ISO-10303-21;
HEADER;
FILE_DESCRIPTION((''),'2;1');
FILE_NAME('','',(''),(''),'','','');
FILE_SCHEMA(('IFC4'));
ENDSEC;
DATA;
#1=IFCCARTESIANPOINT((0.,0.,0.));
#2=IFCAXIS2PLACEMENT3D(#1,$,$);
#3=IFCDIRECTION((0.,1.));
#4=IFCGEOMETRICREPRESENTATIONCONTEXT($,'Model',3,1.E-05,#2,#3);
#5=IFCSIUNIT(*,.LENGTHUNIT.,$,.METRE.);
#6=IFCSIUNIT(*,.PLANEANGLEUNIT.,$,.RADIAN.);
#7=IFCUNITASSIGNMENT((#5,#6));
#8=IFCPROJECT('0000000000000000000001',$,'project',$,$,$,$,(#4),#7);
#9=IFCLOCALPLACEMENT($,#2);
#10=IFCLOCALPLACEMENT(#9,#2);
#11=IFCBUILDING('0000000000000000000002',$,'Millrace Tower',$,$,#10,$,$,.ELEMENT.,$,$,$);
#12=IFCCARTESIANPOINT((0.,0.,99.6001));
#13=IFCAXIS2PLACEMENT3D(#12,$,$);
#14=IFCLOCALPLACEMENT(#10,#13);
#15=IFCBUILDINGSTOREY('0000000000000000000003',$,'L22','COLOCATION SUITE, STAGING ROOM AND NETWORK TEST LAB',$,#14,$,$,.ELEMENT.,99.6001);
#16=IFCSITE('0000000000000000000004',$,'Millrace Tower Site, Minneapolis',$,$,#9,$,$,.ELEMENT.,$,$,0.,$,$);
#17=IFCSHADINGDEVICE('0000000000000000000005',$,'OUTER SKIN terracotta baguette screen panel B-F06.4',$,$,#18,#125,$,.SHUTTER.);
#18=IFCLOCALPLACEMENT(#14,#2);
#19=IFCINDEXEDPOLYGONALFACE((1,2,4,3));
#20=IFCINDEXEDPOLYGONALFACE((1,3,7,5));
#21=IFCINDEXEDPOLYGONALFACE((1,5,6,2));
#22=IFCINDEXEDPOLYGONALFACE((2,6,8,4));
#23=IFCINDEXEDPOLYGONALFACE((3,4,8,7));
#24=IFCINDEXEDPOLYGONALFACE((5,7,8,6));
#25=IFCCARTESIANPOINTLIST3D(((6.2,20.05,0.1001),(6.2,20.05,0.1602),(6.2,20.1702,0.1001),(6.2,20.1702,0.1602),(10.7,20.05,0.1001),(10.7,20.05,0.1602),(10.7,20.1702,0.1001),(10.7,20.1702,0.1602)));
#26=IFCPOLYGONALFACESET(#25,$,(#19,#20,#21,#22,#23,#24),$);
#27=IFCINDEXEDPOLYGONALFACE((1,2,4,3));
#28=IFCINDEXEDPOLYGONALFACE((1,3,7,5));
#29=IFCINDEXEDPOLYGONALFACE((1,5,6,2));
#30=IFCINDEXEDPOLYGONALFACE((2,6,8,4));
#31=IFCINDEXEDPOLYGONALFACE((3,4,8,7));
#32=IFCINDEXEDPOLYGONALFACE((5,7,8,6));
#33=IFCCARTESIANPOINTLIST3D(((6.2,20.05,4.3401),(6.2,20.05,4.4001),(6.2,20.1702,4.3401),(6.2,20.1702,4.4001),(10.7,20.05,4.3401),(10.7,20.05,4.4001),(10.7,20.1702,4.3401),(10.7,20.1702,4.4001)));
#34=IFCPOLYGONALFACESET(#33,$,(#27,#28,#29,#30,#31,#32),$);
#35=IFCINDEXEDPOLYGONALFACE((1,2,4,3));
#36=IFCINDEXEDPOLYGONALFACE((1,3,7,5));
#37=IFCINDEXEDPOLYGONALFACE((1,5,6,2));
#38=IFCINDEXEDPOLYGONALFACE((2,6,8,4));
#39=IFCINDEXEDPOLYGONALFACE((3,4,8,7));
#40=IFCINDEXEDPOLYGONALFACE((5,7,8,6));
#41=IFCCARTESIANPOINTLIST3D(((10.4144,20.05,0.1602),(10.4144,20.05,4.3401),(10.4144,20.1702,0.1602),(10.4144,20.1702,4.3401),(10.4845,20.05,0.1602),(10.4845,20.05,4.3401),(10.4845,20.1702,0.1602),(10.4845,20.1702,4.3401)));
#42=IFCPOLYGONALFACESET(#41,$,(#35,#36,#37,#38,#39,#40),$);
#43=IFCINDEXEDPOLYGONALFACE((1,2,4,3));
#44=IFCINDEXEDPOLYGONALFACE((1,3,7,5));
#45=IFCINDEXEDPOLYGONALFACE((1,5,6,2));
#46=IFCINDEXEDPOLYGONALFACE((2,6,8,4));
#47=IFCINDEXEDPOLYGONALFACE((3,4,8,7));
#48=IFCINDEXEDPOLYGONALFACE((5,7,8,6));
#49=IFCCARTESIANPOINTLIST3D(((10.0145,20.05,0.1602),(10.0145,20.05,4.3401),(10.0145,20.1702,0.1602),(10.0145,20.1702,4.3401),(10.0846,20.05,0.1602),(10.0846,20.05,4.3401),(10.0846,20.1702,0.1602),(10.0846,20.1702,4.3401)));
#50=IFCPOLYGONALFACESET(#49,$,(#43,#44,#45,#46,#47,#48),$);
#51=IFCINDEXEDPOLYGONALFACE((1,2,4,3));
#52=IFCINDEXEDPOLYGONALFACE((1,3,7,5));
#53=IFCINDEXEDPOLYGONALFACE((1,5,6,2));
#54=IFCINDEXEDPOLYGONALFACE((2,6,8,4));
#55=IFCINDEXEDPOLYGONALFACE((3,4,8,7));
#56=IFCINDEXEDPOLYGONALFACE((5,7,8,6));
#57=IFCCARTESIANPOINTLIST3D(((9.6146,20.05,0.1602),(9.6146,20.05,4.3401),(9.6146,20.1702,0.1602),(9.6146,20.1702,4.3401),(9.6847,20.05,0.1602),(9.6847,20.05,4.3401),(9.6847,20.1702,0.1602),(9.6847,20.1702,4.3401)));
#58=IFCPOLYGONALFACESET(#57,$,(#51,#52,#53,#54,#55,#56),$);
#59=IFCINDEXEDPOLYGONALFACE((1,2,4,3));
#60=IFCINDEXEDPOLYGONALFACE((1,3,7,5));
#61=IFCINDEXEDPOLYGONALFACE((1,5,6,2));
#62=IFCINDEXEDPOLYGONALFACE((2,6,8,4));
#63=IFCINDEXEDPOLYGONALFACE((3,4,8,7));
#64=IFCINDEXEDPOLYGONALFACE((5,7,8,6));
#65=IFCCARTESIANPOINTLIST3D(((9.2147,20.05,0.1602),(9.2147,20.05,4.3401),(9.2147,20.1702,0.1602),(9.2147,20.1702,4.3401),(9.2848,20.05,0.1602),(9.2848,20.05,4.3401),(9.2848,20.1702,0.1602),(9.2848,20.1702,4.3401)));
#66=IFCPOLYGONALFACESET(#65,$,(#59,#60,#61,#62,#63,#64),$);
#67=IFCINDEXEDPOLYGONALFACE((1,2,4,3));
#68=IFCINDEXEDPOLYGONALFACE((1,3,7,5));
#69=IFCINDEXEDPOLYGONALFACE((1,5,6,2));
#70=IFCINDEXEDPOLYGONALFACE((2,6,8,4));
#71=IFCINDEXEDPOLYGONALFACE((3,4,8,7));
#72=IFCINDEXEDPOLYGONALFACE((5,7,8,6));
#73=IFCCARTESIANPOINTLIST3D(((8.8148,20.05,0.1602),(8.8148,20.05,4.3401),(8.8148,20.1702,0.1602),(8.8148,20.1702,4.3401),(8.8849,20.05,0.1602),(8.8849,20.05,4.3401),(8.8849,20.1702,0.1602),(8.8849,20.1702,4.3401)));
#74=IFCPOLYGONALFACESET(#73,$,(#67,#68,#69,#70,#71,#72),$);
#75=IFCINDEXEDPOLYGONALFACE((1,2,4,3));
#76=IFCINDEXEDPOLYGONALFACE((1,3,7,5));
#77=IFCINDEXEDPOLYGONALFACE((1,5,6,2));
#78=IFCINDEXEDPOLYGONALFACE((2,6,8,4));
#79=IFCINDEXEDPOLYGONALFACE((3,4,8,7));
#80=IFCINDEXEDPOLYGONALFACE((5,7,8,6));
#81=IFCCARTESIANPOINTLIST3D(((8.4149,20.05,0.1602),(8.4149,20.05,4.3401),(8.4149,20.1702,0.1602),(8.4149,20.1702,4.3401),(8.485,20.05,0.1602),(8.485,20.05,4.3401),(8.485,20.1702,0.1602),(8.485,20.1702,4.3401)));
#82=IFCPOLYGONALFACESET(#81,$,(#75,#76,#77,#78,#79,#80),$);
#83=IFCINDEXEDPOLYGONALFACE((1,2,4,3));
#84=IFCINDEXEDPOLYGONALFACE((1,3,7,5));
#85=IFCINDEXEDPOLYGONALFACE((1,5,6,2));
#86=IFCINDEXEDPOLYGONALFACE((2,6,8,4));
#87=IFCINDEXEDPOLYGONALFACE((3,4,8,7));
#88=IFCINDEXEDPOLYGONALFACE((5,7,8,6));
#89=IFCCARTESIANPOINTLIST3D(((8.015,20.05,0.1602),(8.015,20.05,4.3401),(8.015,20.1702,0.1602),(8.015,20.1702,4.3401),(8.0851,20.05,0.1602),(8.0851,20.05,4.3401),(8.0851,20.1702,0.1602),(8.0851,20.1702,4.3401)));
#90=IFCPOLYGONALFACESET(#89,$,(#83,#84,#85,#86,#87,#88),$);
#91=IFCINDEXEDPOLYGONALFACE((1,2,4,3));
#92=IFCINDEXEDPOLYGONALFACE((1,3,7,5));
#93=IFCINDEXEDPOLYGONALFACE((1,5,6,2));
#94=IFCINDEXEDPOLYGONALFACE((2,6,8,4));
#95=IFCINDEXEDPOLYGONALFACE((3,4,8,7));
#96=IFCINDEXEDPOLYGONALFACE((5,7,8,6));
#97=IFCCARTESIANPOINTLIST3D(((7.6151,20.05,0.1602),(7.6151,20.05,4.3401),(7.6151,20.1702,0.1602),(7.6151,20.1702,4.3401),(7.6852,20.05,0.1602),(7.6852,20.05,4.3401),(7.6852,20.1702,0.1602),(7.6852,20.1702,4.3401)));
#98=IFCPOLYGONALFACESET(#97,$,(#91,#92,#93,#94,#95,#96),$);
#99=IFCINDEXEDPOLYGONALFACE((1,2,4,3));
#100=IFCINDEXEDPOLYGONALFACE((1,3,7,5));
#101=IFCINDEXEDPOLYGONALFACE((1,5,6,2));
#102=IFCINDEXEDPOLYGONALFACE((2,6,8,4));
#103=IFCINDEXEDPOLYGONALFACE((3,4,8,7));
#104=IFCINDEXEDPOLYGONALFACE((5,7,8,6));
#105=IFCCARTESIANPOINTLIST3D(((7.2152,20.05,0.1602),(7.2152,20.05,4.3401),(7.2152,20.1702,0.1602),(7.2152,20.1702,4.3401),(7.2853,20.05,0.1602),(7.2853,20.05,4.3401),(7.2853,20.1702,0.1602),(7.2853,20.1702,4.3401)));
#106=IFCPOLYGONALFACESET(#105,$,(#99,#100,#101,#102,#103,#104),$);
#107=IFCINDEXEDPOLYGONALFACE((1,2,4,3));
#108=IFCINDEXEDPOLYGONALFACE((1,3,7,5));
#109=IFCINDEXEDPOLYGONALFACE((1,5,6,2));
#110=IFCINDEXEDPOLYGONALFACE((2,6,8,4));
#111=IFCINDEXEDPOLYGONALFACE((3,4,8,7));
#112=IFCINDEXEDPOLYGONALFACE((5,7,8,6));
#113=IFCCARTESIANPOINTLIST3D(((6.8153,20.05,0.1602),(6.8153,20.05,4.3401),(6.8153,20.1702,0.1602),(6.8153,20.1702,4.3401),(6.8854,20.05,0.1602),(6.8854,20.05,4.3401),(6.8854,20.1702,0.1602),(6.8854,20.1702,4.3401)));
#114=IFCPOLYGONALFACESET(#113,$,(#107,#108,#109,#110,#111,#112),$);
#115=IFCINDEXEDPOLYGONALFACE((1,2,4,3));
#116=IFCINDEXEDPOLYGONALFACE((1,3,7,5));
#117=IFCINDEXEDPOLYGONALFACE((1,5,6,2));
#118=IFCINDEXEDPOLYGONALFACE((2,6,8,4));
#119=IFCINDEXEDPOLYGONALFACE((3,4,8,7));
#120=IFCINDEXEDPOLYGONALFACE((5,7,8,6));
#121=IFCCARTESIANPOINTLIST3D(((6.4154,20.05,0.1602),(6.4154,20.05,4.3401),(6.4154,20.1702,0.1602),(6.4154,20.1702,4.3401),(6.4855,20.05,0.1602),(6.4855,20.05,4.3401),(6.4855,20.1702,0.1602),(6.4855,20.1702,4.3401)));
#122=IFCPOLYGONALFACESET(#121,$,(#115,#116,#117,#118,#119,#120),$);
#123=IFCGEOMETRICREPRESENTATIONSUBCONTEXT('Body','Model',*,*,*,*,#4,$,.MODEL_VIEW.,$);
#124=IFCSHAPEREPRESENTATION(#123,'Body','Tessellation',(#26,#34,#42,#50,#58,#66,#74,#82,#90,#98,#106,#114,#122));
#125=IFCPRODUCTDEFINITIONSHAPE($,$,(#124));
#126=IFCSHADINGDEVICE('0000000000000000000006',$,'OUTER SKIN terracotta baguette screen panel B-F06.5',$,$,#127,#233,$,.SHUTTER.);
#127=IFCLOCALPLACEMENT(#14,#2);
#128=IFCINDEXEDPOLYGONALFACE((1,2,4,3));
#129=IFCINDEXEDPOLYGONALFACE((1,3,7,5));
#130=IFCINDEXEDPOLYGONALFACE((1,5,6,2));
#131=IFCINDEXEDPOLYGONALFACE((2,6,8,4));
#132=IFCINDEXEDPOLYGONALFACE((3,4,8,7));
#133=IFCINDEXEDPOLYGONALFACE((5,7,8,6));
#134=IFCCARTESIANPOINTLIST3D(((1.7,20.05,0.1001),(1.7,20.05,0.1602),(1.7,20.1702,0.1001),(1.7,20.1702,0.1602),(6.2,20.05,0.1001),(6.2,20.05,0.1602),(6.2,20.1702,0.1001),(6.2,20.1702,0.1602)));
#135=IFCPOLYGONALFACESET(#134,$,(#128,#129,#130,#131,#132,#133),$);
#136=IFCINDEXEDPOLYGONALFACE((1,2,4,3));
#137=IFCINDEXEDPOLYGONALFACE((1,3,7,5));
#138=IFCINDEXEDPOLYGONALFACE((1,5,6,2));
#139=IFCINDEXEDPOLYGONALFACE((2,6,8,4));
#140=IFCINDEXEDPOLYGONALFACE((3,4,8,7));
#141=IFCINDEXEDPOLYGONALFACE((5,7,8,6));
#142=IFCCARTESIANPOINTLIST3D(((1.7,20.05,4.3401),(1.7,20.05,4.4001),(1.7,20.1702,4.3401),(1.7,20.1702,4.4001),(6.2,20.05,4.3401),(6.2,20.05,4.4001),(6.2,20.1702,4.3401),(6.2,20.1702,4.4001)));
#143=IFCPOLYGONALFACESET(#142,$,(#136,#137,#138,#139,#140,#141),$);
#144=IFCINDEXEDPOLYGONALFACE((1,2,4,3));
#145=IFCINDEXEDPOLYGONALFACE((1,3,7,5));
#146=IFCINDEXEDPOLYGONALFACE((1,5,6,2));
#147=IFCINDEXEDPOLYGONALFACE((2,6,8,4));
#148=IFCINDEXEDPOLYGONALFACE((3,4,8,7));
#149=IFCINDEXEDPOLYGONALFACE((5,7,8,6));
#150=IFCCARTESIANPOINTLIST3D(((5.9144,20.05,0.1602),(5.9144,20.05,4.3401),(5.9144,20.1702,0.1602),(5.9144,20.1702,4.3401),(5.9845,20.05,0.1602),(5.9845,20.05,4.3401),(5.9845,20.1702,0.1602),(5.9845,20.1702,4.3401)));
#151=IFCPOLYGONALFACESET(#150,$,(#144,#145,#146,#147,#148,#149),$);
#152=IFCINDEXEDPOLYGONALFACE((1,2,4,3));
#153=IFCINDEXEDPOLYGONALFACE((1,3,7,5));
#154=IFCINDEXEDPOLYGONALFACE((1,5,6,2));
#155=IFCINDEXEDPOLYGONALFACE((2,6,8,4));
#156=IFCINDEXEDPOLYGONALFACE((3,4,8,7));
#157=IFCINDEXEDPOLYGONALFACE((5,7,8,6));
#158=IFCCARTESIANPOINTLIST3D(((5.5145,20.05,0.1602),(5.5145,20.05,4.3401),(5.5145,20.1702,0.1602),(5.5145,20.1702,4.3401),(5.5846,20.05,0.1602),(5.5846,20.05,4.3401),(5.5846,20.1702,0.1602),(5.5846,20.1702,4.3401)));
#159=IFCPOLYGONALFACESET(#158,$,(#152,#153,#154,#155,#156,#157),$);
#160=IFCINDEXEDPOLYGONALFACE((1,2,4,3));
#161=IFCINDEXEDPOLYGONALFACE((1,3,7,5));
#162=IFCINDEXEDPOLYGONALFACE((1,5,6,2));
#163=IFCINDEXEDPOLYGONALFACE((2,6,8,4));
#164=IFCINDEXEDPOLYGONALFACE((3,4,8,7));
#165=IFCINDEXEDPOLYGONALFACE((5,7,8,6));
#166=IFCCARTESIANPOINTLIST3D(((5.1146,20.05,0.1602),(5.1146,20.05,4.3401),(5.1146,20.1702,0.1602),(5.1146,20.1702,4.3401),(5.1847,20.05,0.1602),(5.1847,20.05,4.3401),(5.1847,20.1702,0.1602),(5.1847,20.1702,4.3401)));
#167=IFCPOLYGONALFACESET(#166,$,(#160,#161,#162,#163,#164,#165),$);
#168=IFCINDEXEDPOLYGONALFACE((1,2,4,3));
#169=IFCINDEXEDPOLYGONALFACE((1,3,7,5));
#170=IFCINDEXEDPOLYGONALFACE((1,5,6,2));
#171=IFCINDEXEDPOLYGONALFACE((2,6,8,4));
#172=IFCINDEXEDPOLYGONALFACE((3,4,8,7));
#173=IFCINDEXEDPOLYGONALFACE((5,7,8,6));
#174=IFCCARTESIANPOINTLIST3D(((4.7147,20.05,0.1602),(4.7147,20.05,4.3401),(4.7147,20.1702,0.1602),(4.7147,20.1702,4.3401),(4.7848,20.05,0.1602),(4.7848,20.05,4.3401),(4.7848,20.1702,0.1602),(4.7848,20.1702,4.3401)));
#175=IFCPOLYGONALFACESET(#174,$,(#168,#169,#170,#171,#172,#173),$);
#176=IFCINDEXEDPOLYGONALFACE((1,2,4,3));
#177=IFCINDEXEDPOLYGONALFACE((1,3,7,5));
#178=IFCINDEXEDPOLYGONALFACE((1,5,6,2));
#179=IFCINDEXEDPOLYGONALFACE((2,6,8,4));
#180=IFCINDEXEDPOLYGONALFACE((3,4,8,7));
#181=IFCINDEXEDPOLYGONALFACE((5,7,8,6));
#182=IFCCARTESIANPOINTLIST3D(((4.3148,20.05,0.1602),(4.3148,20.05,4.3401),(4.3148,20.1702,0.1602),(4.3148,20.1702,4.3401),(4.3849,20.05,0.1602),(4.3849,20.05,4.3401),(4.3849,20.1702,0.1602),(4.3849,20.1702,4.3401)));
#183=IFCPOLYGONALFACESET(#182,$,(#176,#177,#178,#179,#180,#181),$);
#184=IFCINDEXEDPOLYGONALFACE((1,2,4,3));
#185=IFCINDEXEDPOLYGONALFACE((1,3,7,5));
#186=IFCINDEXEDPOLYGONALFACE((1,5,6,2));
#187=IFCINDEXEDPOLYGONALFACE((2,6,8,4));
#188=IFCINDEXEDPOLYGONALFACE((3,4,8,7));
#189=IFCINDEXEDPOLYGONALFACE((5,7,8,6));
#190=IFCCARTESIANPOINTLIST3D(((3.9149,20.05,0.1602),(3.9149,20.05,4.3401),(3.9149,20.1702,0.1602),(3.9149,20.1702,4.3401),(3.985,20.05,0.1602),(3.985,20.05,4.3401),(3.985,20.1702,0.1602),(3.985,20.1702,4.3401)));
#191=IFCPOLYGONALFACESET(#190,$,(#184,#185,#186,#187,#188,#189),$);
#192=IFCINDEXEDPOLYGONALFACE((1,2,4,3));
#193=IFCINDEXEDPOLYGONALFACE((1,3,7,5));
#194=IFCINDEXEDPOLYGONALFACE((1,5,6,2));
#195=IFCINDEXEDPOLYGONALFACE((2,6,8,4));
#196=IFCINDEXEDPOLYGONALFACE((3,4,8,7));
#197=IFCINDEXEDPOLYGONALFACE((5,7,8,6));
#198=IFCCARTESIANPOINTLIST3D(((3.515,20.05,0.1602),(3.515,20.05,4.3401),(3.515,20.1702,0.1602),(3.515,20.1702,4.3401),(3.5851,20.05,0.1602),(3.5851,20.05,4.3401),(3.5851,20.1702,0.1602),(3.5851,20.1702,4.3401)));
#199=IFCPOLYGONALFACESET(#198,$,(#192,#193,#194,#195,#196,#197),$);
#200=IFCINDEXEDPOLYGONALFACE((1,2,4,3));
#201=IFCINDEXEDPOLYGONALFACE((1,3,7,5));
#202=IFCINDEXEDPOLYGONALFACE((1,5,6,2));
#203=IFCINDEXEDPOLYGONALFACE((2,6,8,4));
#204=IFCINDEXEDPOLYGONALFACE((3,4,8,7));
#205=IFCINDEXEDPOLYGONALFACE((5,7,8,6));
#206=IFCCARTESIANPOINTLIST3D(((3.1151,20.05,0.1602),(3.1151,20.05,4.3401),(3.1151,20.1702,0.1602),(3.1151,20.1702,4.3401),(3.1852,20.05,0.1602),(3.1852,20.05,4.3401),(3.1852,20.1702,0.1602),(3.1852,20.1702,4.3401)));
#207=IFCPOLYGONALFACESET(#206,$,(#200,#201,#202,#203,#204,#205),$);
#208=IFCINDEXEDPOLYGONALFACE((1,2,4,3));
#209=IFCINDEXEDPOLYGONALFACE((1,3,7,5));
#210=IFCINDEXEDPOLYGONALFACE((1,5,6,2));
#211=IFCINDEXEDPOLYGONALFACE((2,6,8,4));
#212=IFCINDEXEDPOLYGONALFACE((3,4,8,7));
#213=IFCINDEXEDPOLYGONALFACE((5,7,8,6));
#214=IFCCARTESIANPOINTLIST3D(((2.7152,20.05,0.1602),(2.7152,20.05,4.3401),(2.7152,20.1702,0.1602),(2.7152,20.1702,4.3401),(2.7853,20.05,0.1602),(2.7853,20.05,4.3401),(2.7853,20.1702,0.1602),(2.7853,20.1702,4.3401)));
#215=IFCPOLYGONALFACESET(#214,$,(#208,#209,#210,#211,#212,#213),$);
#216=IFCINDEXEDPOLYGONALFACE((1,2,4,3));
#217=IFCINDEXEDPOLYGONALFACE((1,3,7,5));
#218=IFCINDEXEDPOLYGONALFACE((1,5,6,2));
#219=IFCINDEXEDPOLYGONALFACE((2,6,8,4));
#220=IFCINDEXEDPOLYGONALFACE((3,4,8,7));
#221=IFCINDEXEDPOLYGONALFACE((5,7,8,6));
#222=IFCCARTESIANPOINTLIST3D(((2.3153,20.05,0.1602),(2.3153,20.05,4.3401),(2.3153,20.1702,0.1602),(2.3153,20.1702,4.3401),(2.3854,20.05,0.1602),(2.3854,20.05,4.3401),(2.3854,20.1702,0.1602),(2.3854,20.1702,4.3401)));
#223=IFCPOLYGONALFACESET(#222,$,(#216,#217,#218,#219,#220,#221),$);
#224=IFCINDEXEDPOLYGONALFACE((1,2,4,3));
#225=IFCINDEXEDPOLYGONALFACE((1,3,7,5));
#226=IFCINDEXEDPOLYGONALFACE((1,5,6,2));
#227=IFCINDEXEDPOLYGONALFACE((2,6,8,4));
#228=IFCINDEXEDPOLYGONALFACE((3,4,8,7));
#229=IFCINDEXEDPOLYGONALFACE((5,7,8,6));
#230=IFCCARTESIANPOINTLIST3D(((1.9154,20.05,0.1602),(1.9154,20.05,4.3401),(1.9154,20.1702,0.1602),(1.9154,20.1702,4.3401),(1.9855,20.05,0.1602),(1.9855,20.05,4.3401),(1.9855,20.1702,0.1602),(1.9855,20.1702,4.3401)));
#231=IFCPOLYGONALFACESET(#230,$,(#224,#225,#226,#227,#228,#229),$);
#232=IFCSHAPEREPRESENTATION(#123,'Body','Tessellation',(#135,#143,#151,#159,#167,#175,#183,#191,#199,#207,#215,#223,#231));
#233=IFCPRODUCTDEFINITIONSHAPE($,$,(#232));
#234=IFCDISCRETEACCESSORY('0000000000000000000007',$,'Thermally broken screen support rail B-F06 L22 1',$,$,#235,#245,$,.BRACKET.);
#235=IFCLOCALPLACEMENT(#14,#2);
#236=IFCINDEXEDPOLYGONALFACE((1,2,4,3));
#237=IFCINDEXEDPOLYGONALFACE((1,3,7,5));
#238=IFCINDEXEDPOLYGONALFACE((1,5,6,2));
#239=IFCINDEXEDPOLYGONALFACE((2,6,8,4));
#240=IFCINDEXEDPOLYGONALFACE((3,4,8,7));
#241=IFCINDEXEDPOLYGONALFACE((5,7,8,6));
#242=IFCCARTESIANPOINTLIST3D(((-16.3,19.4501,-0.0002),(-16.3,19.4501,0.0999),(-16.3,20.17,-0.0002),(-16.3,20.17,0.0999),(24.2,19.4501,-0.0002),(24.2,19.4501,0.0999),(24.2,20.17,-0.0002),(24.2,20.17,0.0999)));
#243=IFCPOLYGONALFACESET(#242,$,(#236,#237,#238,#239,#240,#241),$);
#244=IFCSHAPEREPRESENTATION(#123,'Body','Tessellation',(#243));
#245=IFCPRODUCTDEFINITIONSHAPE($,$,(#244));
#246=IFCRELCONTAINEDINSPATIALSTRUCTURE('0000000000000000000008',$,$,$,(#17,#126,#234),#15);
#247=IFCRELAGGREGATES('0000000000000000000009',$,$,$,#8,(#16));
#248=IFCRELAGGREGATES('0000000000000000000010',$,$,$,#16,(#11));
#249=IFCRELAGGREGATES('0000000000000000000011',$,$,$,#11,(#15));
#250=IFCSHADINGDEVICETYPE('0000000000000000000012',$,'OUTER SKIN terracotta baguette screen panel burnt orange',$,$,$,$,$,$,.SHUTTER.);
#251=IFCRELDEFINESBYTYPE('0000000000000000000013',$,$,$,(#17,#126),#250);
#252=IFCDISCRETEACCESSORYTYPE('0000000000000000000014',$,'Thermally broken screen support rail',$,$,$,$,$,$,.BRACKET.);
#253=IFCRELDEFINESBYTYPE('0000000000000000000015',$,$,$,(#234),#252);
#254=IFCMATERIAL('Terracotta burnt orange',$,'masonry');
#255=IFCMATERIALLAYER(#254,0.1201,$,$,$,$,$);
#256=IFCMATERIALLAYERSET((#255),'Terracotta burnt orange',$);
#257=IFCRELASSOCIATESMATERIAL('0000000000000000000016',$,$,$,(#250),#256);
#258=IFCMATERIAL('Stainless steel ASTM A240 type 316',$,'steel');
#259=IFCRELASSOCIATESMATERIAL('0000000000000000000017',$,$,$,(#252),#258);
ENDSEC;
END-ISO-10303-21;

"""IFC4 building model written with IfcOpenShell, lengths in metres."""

from ifc_helpers import new_model, entity, si_unit, direction, frame, frame_2d, origin, origin_2d, place, context, subcontext, project, spatial, rectangle, extrude, source, transform, mapped, material, layer, layer_set, type_object, element, save


model = new_model("IFC4")

# Units and contexts
model_context = context("Model", 3, precision=1e-05, world=origin(), true_north=direction((0.0, 1.0)))
body_context = subcontext(model_context, "Body", "Model", "MODEL_VIEW")
ifc_project = project(units=[si_unit("LENGTHUNIT", "METRE"), si_unit("PLANEANGLEUNIT", "RADIAN")], contexts=[model_context])

# Site, building, storey
site_placement = place(None, origin())
site = spatial("IfcSite", under=ifc_project, at=site_placement, Name="Millrace Tower Site, Minneapolis", CompositionType="ELEMENT", RefElevation=0.0)
building_placement = place(site_placement, origin())
building = spatial("IfcBuilding", under=site, at=building_placement, Name="Millrace Tower", CompositionType="ELEMENT")
storey_placement = place(building_placement, frame((0.0, 0.0, 99.6001)))
storey = spatial("IfcBuildingStorey", under=building, at=storey_placement, Name="L22", Description="COLOCATION SUITE, STAGING ROOM AND NETWORK TEST LAB", CompositionType="ELEMENT", Elevation=99.6001)

# Shading devices
ifc_material_1 = material(Name="Terracotta burnt orange", Category="masonry")
ifc_layer_1 = layer(ifc_material_1, 0.1201)
ifc_layer_set_1 = layer_set([ifc_layer_1], Name="Terracotta burnt orange")
shading_device_type = type_object("IfcShadingDeviceType", Name="OUTER SKIN terracotta baguette screen panel burnt orange", PredefinedType="SHUTTER", material=ifc_layer_set_1)
cartesian_point = entity("IfcCartesianPoint", [-2.25, 0.0601])
shared_polyline = entity("IfcPolyline", [cartesian_point, entity("IfcCartesianPoint", [2.25, 0.0601]), entity("IfcCartesianPoint", [2.25, -0.0601]), entity("IfcCartesianPoint", [-2.25, -0.0601]), cartesian_point])
shared_shape = source(origin(), body_context, "Body", "SweptSolid", [
    entity("IfcExtrudedAreaSolid", entity("IfcArbitraryClosedProfileDef", "AREA", None, shared_polyline), entity("IfcAxis2Placement3D", entity("IfcCartesianPoint", [0.0, 0.0, 0.0])), entity("IfcDirection", [0.0, 0.0, 1.0]), 0.0601),
    entity("IfcExtrudedAreaSolid", entity("IfcArbitraryClosedProfileDef", "AREA", None, shared_polyline), entity("IfcAxis2Placement3D", entity("IfcCartesianPoint", [0.0, 0.0, 4.24])), entity("IfcDirection", [0.0, 0.0, 1.0]), 0.0601),
    extrude(rectangle(XDim=0.0701, YDim=0.1201, at=frame_2d((-1.9995, 0.0))), frame((0.0, 0.0, 0.0601)), (0.0, 0.0, 1.0), 4.1799),
    extrude(rectangle(XDim=0.0701, YDim=0.1201, at=frame_2d((-1.5996, 0.0))), frame((0.0, 0.0, 0.0601)), (0.0, 0.0, 1.0), 4.1799),
    extrude(rectangle(XDim=0.0701, YDim=0.1201, at=frame_2d((-1.1997, 0.0))), frame((0.0, 0.0, 0.0601)), (0.0, 0.0, 1.0), 4.1799),
    extrude(rectangle(XDim=0.0701, YDim=0.1201, at=frame_2d((-0.7998, 0.0))), frame((0.0, 0.0, 0.0601)), (0.0, 0.0, 1.0), 4.1799),
    extrude(rectangle(XDim=0.0701, YDim=0.1201, at=frame_2d((-0.3999, 0.0))), frame((0.0, 0.0, 0.0601)), (0.0, 0.0, 1.0), 4.1799),
    extrude(rectangle(XDim=0.0701, YDim=0.1201, at=origin_2d()), frame((0.0, 0.0, 0.0601)), (0.0, 0.0, 1.0), 4.1799),
    extrude(rectangle(XDim=0.0701, YDim=0.1201, at=frame_2d((0.3999, 0.0))), frame((0.0, 0.0, 0.0601)), (0.0, 0.0, 1.0), 4.1799),
    extrude(rectangle(XDim=0.0701, YDim=0.1201, at=frame_2d((0.7998, 0.0))), frame((0.0, 0.0, 0.0601)), (0.0, 0.0, 1.0), 4.1799),
    extrude(rectangle(XDim=0.0701, YDim=0.1201, at=frame_2d((1.1997, 0.0))), frame((0.0, 0.0, 0.0601)), (0.0, 0.0, 1.0), 4.1799),
    extrude(rectangle(XDim=0.0701, YDim=0.1201, at=frame_2d((1.5996, 0.0))), frame((0.0, 0.0, 0.0601)), (0.0, 0.0, 1.0), 4.1799),
    extrude(rectangle(XDim=0.0701, YDim=0.1201, at=frame_2d((1.9995, 0.0))), frame((0.0, 0.0, 0.0601)), (0.0, 0.0, 1.0), 4.1799),
])
for number, where, z_axis, x_axis, name in (
    (1, (8.45, 20.1101, 0.1001), (0.0, 0.0, 1.0), (-1.0, 0.0, 0.0), "OUTER SKIN terracotta baguette screen panel B-F06.4"),
    (2, (3.95, 20.1101, 0.1001), (0.0, 0.0, 1.0), (-1.0, 0.0, 0.0), "OUTER SKIN terracotta baguette screen panel B-F06.5"),
):
    element("IfcShadingDevice", number, at=place(storey_placement, frame(where, z_axis=z_axis, x_axis=x_axis)), inside=storey, type_object=shading_device_type, Name=name, PredefinedType="SHUTTER", context=body_context, shape_type="MappedRepresentation", body=[
        mapped(shared_shape, transform((0.0, 0.0, 0.0), scale=1.0)),
    ])

# Discrete accessory
ifc_material_2 = material(Name="Stainless steel ASTM A240 type 316", Category="steel")
discrete_accessory_type = type_object("IfcDiscreteAccessoryType", Name="Thermally broken screen support rail", PredefinedType="BRACKET", material=ifc_material_2)
discrete_accessory_placement = place(storey_placement, frame((3.95, 19.8101, -0.0002), z_axis=(0.0, 0.0, 1.0), x_axis=(-1.0, 0.0, 0.0)))
element("IfcDiscreteAccessory", 3, at=discrete_accessory_placement, inside=storey, type_object=discrete_accessory_type, Name="Thermally broken screen support rail B-F06 L22 1", PredefinedType="BRACKET", context=body_context, shape_type="SweptSolid", body=[
    extrude(rectangle(XDim=40.5, YDim=0.72, at=origin_2d()), origin(), (0.0, 0.0, 1.0), 0.1001),
])

save(model, "model.ifc")
